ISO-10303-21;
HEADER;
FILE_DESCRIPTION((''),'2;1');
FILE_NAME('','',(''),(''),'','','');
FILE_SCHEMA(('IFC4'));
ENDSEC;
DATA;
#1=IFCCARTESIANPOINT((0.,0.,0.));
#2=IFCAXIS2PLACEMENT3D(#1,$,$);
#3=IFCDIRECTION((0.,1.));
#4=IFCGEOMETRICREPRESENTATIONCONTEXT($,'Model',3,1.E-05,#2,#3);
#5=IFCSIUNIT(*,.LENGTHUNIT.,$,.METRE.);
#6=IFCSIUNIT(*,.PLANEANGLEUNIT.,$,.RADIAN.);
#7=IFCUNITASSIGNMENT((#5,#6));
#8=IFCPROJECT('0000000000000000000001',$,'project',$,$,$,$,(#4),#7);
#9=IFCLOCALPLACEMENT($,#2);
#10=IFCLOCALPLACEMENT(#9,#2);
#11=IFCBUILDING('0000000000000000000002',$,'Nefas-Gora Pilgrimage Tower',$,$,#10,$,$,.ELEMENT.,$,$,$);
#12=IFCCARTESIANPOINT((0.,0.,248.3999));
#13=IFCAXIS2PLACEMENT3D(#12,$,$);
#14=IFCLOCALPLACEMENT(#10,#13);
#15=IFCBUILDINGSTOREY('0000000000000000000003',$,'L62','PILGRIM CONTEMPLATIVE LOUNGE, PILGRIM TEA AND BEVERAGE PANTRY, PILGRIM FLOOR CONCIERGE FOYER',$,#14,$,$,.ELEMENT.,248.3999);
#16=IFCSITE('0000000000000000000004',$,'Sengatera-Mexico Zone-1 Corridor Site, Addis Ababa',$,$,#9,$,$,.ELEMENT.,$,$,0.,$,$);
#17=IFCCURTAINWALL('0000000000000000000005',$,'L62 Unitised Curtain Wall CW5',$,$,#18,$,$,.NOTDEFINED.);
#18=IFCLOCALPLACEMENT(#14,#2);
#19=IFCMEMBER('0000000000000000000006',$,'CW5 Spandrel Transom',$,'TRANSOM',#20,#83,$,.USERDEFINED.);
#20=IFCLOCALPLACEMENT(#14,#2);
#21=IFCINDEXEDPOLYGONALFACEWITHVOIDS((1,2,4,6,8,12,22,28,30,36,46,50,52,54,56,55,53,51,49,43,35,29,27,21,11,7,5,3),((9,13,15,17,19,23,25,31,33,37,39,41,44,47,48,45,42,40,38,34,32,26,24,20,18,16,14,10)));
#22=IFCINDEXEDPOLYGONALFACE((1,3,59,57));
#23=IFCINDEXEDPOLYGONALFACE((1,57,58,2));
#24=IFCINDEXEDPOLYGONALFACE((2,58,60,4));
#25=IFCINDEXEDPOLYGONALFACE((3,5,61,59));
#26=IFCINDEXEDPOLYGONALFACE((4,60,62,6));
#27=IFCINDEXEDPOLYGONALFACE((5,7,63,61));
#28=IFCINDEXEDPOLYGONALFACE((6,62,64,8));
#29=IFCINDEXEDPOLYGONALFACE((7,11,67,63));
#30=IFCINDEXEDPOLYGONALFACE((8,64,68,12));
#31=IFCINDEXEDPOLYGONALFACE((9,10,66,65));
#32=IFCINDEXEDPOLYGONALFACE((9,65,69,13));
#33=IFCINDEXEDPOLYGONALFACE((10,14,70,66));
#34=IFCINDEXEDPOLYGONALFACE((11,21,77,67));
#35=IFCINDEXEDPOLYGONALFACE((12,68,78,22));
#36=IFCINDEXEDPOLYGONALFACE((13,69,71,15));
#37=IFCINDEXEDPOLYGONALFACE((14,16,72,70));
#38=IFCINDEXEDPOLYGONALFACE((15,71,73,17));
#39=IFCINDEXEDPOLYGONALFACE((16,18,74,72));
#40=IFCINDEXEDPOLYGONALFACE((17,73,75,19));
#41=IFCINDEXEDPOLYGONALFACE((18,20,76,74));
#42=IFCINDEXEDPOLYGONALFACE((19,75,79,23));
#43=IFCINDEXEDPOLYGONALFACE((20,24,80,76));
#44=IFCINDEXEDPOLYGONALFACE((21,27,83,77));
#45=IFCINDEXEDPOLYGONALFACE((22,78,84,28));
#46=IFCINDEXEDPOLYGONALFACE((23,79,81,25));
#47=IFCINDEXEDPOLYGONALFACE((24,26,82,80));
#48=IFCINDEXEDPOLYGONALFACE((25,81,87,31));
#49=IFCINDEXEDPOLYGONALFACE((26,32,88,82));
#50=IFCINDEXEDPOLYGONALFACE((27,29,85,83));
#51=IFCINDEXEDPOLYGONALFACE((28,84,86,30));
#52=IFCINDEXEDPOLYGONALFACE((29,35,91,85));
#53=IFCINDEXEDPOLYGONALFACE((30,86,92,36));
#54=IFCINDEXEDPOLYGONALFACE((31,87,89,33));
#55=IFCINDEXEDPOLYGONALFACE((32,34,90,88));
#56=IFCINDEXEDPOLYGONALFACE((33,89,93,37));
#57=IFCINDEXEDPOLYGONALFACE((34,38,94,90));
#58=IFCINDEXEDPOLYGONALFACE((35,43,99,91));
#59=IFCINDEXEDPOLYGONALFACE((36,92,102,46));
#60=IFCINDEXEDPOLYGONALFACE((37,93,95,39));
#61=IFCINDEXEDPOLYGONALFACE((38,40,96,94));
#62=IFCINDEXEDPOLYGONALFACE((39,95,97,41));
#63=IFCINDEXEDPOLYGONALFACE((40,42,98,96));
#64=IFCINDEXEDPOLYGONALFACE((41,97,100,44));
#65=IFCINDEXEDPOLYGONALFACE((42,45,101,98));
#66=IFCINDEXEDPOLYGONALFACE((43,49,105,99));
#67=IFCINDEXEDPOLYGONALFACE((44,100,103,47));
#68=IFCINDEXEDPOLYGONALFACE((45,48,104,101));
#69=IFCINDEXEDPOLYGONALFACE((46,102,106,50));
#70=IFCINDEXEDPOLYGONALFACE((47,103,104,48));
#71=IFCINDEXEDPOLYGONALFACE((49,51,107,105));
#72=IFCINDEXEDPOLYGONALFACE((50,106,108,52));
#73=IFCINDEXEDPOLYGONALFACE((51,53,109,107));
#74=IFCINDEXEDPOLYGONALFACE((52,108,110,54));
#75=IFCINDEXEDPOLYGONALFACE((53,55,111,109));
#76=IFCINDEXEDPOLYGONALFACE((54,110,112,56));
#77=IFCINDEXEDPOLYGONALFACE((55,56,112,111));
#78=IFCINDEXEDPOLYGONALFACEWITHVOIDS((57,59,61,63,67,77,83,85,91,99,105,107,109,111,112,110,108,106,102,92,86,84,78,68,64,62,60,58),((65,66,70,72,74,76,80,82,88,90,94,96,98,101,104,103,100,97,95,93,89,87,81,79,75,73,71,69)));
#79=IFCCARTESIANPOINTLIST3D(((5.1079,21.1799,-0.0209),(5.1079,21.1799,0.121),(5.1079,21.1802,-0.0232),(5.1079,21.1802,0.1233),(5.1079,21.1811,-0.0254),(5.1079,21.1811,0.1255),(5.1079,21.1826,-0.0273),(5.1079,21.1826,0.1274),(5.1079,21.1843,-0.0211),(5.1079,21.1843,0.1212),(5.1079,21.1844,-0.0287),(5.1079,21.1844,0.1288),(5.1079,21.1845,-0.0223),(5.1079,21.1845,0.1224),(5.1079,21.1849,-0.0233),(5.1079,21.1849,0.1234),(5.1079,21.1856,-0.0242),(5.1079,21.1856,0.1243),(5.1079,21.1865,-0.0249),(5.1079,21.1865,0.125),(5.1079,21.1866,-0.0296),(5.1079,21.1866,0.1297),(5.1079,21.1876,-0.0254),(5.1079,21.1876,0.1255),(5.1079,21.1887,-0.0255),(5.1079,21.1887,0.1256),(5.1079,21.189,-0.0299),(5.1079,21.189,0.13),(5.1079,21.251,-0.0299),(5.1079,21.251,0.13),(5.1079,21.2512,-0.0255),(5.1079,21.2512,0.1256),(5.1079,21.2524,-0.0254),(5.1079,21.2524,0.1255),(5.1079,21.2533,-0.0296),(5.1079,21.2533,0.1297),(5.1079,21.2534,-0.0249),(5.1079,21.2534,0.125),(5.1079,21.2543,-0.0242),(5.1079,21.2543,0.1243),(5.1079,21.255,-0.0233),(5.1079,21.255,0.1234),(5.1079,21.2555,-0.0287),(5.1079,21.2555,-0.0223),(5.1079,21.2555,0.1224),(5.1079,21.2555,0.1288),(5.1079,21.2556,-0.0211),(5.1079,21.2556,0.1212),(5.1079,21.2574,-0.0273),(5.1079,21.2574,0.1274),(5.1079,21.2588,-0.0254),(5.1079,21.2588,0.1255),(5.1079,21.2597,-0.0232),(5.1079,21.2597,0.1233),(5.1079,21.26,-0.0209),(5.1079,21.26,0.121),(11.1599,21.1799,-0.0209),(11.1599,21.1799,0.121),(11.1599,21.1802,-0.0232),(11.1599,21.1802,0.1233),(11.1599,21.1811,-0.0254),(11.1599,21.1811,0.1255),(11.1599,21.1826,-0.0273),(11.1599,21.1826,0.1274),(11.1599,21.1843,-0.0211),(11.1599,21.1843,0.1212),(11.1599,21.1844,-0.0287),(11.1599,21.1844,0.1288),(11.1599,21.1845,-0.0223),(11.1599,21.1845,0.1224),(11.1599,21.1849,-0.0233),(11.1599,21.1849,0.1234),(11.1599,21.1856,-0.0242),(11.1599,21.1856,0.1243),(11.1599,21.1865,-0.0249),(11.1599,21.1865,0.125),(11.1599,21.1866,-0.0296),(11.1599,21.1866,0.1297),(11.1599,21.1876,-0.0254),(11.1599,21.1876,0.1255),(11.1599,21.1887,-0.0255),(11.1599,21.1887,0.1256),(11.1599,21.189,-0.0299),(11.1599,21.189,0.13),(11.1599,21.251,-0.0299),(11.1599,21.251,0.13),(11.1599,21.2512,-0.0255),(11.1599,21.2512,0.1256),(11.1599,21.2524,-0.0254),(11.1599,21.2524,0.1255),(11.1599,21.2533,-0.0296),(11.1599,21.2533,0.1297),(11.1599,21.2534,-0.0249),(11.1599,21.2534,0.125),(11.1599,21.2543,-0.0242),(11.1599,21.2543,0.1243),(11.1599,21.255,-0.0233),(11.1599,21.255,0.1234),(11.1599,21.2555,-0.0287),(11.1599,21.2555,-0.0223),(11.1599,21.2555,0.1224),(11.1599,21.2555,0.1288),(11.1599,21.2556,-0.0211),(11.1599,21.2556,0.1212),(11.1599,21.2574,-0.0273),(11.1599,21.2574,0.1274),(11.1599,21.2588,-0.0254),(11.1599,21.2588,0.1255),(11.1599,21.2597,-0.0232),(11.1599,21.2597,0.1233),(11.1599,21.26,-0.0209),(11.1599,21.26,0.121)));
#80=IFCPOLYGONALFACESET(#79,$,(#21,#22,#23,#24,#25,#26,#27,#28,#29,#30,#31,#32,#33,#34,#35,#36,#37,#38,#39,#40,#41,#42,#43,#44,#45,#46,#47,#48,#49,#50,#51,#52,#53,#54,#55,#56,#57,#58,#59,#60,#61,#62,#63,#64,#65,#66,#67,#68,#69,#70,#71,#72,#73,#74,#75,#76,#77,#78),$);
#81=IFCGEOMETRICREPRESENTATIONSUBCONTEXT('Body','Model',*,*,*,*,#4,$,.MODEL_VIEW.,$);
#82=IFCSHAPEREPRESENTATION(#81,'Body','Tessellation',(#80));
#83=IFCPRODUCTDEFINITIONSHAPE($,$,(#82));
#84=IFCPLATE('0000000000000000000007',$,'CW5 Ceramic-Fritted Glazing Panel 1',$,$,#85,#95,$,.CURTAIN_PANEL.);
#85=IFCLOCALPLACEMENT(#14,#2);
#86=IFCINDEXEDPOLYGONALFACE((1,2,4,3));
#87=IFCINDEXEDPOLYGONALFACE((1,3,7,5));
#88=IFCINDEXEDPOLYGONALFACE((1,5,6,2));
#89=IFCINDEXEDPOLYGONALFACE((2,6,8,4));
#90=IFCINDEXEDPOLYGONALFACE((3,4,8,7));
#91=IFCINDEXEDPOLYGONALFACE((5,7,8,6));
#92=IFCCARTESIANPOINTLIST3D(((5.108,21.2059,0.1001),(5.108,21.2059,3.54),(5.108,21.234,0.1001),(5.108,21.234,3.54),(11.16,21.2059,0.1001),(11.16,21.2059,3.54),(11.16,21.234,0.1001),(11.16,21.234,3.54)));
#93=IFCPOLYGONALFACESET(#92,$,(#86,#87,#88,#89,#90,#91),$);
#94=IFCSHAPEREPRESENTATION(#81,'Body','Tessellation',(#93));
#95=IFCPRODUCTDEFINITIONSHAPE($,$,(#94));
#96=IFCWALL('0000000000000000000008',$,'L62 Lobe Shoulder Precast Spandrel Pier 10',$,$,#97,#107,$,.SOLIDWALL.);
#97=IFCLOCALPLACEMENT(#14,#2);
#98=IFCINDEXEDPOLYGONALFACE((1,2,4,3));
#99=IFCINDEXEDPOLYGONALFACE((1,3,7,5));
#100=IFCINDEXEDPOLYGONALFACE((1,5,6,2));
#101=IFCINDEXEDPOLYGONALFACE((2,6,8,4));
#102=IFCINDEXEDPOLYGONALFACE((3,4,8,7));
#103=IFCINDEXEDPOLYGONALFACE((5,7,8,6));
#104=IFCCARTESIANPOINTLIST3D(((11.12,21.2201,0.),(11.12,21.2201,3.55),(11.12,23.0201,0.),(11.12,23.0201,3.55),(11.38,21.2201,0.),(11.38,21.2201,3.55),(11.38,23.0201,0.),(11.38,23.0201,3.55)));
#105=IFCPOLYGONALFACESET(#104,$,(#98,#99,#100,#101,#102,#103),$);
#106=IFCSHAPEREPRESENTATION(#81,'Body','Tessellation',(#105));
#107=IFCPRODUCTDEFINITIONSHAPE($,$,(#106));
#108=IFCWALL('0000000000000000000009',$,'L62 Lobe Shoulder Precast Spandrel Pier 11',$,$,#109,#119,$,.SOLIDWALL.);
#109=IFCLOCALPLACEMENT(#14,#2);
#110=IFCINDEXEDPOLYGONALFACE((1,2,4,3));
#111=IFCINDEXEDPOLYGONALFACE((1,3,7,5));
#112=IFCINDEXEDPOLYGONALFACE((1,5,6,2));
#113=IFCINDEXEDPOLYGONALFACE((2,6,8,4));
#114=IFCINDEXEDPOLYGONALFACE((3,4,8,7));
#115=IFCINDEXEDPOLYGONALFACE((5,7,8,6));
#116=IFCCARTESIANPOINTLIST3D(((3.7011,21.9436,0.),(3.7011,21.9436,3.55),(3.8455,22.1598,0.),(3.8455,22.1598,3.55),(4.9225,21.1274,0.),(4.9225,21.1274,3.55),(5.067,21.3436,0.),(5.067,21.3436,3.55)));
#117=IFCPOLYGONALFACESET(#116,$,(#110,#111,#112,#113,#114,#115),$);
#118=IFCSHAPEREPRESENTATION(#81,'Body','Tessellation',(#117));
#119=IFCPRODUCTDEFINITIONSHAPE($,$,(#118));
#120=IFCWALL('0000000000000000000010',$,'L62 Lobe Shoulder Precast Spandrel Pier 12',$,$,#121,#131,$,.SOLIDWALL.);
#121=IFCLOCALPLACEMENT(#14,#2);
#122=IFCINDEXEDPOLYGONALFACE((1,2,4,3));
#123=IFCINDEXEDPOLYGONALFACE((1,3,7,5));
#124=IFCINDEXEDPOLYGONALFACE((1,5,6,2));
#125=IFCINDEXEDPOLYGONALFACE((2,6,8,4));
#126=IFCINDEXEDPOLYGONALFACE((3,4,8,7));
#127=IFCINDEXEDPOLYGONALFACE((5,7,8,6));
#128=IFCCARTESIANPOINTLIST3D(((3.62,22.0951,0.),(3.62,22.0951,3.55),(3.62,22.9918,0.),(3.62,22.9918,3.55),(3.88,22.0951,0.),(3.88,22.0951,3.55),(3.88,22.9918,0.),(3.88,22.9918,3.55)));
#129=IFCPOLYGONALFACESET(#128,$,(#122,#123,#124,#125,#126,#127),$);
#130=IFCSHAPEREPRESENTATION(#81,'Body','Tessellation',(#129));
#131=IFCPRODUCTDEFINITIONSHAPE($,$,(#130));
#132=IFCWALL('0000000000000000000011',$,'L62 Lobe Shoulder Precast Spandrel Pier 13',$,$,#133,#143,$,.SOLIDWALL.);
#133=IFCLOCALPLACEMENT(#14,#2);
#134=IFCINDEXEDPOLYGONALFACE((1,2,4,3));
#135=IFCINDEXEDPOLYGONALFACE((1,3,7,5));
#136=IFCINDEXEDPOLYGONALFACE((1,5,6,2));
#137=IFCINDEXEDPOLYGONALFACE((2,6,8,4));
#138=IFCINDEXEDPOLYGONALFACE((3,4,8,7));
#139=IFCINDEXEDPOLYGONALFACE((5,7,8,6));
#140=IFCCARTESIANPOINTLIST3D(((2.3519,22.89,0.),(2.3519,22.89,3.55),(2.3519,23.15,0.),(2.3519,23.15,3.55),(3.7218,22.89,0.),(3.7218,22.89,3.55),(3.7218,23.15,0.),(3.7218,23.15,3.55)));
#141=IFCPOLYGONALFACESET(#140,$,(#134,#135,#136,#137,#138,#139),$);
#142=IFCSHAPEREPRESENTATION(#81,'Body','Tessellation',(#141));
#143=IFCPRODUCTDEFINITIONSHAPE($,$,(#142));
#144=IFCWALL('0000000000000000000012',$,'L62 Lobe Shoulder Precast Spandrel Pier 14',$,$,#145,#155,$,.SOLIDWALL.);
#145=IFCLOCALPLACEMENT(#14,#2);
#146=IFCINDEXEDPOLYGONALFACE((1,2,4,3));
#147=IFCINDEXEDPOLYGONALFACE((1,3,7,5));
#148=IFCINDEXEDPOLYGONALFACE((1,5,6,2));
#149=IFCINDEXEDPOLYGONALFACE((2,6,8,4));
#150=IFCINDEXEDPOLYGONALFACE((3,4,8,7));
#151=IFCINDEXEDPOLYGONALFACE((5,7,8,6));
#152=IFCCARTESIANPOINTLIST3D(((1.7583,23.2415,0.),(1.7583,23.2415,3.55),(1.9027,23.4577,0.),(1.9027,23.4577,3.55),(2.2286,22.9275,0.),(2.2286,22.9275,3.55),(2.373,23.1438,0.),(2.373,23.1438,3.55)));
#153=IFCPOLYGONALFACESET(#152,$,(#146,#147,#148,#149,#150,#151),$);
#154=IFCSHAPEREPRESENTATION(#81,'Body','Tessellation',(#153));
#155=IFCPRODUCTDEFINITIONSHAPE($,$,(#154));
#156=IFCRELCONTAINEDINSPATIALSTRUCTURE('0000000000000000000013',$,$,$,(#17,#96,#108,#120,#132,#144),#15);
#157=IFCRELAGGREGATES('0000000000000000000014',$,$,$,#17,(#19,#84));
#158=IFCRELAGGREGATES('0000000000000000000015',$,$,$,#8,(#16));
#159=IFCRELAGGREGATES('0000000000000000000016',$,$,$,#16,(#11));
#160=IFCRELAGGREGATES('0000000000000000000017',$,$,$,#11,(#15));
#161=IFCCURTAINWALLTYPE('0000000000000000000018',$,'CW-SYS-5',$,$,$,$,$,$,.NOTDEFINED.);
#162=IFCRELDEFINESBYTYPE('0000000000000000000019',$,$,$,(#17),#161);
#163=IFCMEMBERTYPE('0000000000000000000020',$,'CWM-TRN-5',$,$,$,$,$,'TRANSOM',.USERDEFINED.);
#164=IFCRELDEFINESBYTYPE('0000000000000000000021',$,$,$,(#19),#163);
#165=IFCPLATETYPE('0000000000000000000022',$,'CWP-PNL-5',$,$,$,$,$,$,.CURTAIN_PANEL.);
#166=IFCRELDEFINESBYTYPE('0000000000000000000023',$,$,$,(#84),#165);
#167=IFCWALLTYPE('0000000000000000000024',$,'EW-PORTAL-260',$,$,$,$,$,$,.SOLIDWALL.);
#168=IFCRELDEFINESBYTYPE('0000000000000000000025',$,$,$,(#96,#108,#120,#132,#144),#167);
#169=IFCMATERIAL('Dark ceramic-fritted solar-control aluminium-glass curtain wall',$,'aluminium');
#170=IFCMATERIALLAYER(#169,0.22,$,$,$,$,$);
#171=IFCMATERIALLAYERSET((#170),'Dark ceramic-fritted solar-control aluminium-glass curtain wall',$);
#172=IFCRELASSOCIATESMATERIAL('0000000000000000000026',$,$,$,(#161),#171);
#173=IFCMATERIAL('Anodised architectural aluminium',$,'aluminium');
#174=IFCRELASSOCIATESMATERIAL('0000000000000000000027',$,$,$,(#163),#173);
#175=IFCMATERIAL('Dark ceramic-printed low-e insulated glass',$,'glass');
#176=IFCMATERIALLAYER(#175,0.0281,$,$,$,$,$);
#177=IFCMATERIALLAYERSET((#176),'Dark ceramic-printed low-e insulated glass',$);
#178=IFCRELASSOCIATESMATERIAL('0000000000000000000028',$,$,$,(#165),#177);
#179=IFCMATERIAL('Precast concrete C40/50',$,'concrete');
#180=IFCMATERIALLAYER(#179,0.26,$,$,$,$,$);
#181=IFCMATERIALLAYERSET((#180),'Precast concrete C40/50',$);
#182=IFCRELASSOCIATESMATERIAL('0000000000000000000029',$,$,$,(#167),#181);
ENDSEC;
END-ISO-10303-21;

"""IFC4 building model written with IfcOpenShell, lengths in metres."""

from ifc_helpers import new_model, si_unit, direction, frame, frame_2d, origin, origin_2d, place, context, subcontext, project, spatial, rectangle, hollow_rectangle, extrude, source, transform, mapped, material, layer, layer_set, material_profile, profile_set, type_object, element, aggregate, save


model = new_model("IFC4")

# Units and contexts
model_context = context("Model", 3, precision=1e-05, world=origin(), true_north=direction((0.0, 1.0)))
body_context = subcontext(model_context, "Body", "Model", "MODEL_VIEW")
ifc_project = project(units=[si_unit("LENGTHUNIT", "METRE"), si_unit("PLANEANGLEUNIT", "RADIAN")], contexts=[model_context])

# Site, building, storey
site_placement = place(None, origin())
site = spatial("IfcSite", under=ifc_project, at=site_placement, Name="Sengatera-Mexico Zone-1 Corridor Site, Addis Ababa", CompositionType="ELEMENT", RefElevation=0.0)
building_placement = place(site_placement, origin())
building = spatial("IfcBuilding", under=site, at=building_placement, Name="Nefas-Gora Pilgrimage Tower", CompositionType="ELEMENT")
storey_placement = place(building_placement, frame((0.0, 0.0, 248.3999)))
storey = spatial("IfcBuildingStorey", under=building, at=storey_placement, Name="L62", Description="PILGRIM CONTEMPLATIVE LOUNGE, PILGRIM TEA AND BEVERAGE PANTRY, PILGRIM FLOOR CONCIERGE FOYER", CompositionType="ELEMENT", Elevation=248.3999)

# Curtain wall, member, plate
ifc_material_1 = material(Name="Dark ceramic-fritted solar-control aluminium-glass curtain wall", Category="aluminium")
ifc_layer_1 = layer(ifc_material_1, 0.22)
ifc_layer_set_1 = layer_set([ifc_layer_1], Name="Dark ceramic-fritted solar-control aluminium-glass curtain wall")
curtain_wall_type = type_object("IfcCurtainWallType", Name="CW-SYS-5", PredefinedType="NOTDEFINED", material=ifc_layer_set_1)
curtain_wall_placement = place(storey_placement, origin())
curtain_wall = element("IfcCurtainWall", 1, at=curtain_wall_placement, inside=storey, type_object=curtain_wall_type, Name="L62 Unitised Curtain Wall CW5", PredefinedType="NOTDEFINED")
ifc_material_2 = material(Name="Anodised architectural aluminium", Category="aluminium")
ifc_material_profile_1 = material_profile(ifc_material_2, hollow_rectangle(XDim=0.0801, YDim=0.1599, WallThickness=0.0044, InnerFilletRadius=0.0044, OuterFilletRadius=0.009, at=origin_2d()), Name="ALU TRANSOM 80x160")
ifc_profile_set_1 = profile_set([ifc_material_profile_1], Name="Anodised architectural aluminium")
member_type_1 = type_object("IfcMemberType", Name="CWM-TRN-5", ElementType="TRANSOM", PredefinedType="USERDEFINED", material=ifc_profile_set_1)
shared_shape_1 = source(origin(), body_context, "Body", "SweptSolid", [
    extrude(hollow_rectangle(XDim=0.0801, YDim=0.1599, WallThickness=0.0044, InnerFilletRadius=0.0044, OuterFilletRadius=0.009, at=origin_2d()), origin(), (0.0, 0.0, 1.0), 6.052),
])
member_1_placement = place(storey_placement, frame((11.1599, 21.22, 0.05), z_axis=(-1.0, 0.0, 0.0), x_axis=(0.0, -1.0, 0.0)))
member_1 = element("IfcMember", 2, at=member_1_placement, type_object=member_type_1, Name="CW5 Spandrel Transom", ObjectType="TRANSOM", PredefinedType="USERDEFINED", context=body_context, shape_type="MappedRepresentation", body=[
    mapped(shared_shape_1, transform((0.0, 0.0, 0.0), x_axis=(1.0, 0.0, 0.0), y_axis=(0.0, 1.0, 0.0), z_axis=(0.0, 0.0, 1.0), scale=1.0)),
])
ifc_material_3 = material(Name="Dark ceramic-printed low-e insulated glass", Category="glass")
ifc_layer_2 = layer(ifc_material_3, 0.0281)
ifc_layer_set_2 = layer_set([ifc_layer_2], Name="Dark ceramic-printed low-e insulated glass")
plate_type = type_object("IfcPlateType", Name="CWP-PNL-5", PredefinedType="CURTAIN_PANEL", material=ifc_layer_set_2)
shared_shape_2 = source(origin(), body_context, "Body", "SweptSolid", [
    extrude(rectangle(XDim=6.052, YDim=0.0281, at=origin_2d()), origin(), (0.0, 0.0, 1.0), 3.4399),
])
plate_placement = place(storey_placement, frame((8.134, 21.22, 0.1001), z_axis=(0.0, 0.0, 1.0), x_axis=(-1.0, 0.0, 0.0)))
plate = element("IfcPlate", 3, at=plate_placement, type_object=plate_type, Name="CW5 Ceramic-Fritted Glazing Panel 1", PredefinedType="CURTAIN_PANEL", context=body_context, shape_type="MappedRepresentation", body=[
    mapped(shared_shape_2, transform((0.0, 0.0, 0.0), x_axis=(1.0, 0.0, 0.0), y_axis=(0.0, 1.0, 0.0), z_axis=(0.0, 0.0, 1.0), scale=1.0)),
])
aggregate(curtain_wall, [member_1, plate])

# Walls
ifc_material_4 = material(Name="Precast concrete C40/50", Category="concrete")
ifc_layer_3 = layer(ifc_material_4, 0.26)
ifc_layer_set_3 = layer_set([ifc_layer_3], Name="Precast concrete C40/50")
wall_type_1 = type_object("IfcWallType", Name="EW-PORTAL-260", PredefinedType="SOLIDWALL", material=ifc_layer_set_3)
shared_shape_3 = source(origin(), body_context, "Body", "SweptSolid", [
    extrude(rectangle(XDim=1.8, YDim=0.26, at=frame_2d((0.8999, 0.0))), origin(), (0.0, 0.0, 1.0), 3.55),
])
wall_1_placement = place(storey_placement, frame((11.25, 23.02, 0.0), z_axis=(0.0, 0.0, 1.0), x_axis=(0.0, -1.0, 0.0)))
element("IfcWall", 4, at=wall_1_placement, inside=storey, type_object=wall_type_1, Name="L62 Lobe Shoulder Precast Spandrel Pier 10", PredefinedType="SOLIDWALL", context=body_context, shape_type="MappedRepresentation", body=[
    mapped(shared_shape_3, transform((0.0, 0.0, 0.0), x_axis=(1.0, 0.0, 0.0), y_axis=(0.0, 1.0, 0.0), z_axis=(0.0, 0.0, 1.0), scale=1.0)),
])
shared_shape_4 = source(origin(), body_context, "Body", "SweptSolid", [
    extrude(rectangle(XDim=1.469, YDim=0.26, at=frame_2d((0.7344, 0.0))), origin(), (0.0, 0.0, 1.0), 3.55),
])
wall_2_placement = place(storey_placement, frame((4.9946, 21.2356, 0.0), z_axis=(0.0, 0.0, 1.0), x_axis=(-0.831462, 0.555582, 0.0)))
element("IfcWall", 5, at=wall_2_placement, inside=storey, type_object=wall_type_1, Name="L62 Lobe Shoulder Precast Spandrel Pier 11", PredefinedType="SOLIDWALL", context=body_context, shape_type="MappedRepresentation", body=[
    mapped(shared_shape_4, transform((0.0, 0.0, 0.0), x_axis=(1.0, 0.0, 0.0), y_axis=(0.0, 1.0, 0.0), z_axis=(0.0, 0.0, 1.0), scale=1.0)),
])
shared_shape_5 = source(origin(), body_context, "Body", "SweptSolid", [
    extrude(rectangle(XDim=0.8967, YDim=0.26, at=frame_2d((0.4482, 0.0))), origin(), (0.0, 0.0, 1.0), 3.55),
])
wall_3_placement = place(storey_placement, frame((3.75, 22.0952, 0.0), z_axis=(0.0, 0.0, 1.0), x_axis=(0.0, 1.0, 0.0)))
element("IfcWall", 6, at=wall_3_placement, inside=storey, type_object=wall_type_1, Name="L62 Lobe Shoulder Precast Spandrel Pier 12", PredefinedType="SOLIDWALL", context=body_context, shape_type="MappedRepresentation", body=[
    mapped(shared_shape_5, transform((0.0, 0.0, 0.0), x_axis=(1.0, 0.0, 0.0), y_axis=(0.0, 1.0, 0.0), z_axis=(0.0, 0.0, 1.0), scale=1.0)),
])
shared_shape_6 = source(origin(), body_context, "Body", "SweptSolid", [
    extrude(rectangle(XDim=1.3699, YDim=0.26, at=frame_2d((0.6851, 0.0))), origin(), (0.0, 0.0, 1.0), 3.55),
])
wall_4_placement = place(storey_placement, frame((3.7219, 23.02, 0.0), z_axis=(0.0, 0.0, 1.0), x_axis=(-1.0, 0.0, 0.0)))
element("IfcWall", 7, at=wall_4_placement, inside=storey, type_object=wall_type_1, Name="L62 Lobe Shoulder Precast Spandrel Pier 13", PredefinedType="SOLIDWALL", context=body_context, shape_type="MappedRepresentation", body=[
    mapped(shared_shape_6, transform((0.0, 0.0, 0.0), x_axis=(1.0, 0.0, 0.0), y_axis=(0.0, 1.0, 0.0), z_axis=(0.0, 0.0, 1.0), scale=1.0)),
])
shared_shape_7 = source(origin(), body_context, "Body", "SweptSolid", [
    extrude(rectangle(XDim=0.5654, YDim=0.26, at=frame_2d((0.2827, 0.0))), origin(), (0.0, 0.0, 1.0), 3.55),
])
wall_5_placement = place(storey_placement, frame((2.3008, 23.0356, 0.0), z_axis=(0.0, 0.0, 1.0), x_axis=(-0.831651, 0.555298, 0.0)))
element("IfcWall", 8, at=wall_5_placement, inside=storey, type_object=wall_type_1, Name="L62 Lobe Shoulder Precast Spandrel Pier 14", PredefinedType="SOLIDWALL", context=body_context, shape_type="MappedRepresentation", body=[
    mapped(shared_shape_7, transform((0.0, 0.0, 0.0), x_axis=(1.0, 0.0, 0.0), y_axis=(0.0, 1.0, 0.0), z_axis=(0.0, 0.0, 1.0), scale=1.0)),
])

save(model, "model.ifc")
